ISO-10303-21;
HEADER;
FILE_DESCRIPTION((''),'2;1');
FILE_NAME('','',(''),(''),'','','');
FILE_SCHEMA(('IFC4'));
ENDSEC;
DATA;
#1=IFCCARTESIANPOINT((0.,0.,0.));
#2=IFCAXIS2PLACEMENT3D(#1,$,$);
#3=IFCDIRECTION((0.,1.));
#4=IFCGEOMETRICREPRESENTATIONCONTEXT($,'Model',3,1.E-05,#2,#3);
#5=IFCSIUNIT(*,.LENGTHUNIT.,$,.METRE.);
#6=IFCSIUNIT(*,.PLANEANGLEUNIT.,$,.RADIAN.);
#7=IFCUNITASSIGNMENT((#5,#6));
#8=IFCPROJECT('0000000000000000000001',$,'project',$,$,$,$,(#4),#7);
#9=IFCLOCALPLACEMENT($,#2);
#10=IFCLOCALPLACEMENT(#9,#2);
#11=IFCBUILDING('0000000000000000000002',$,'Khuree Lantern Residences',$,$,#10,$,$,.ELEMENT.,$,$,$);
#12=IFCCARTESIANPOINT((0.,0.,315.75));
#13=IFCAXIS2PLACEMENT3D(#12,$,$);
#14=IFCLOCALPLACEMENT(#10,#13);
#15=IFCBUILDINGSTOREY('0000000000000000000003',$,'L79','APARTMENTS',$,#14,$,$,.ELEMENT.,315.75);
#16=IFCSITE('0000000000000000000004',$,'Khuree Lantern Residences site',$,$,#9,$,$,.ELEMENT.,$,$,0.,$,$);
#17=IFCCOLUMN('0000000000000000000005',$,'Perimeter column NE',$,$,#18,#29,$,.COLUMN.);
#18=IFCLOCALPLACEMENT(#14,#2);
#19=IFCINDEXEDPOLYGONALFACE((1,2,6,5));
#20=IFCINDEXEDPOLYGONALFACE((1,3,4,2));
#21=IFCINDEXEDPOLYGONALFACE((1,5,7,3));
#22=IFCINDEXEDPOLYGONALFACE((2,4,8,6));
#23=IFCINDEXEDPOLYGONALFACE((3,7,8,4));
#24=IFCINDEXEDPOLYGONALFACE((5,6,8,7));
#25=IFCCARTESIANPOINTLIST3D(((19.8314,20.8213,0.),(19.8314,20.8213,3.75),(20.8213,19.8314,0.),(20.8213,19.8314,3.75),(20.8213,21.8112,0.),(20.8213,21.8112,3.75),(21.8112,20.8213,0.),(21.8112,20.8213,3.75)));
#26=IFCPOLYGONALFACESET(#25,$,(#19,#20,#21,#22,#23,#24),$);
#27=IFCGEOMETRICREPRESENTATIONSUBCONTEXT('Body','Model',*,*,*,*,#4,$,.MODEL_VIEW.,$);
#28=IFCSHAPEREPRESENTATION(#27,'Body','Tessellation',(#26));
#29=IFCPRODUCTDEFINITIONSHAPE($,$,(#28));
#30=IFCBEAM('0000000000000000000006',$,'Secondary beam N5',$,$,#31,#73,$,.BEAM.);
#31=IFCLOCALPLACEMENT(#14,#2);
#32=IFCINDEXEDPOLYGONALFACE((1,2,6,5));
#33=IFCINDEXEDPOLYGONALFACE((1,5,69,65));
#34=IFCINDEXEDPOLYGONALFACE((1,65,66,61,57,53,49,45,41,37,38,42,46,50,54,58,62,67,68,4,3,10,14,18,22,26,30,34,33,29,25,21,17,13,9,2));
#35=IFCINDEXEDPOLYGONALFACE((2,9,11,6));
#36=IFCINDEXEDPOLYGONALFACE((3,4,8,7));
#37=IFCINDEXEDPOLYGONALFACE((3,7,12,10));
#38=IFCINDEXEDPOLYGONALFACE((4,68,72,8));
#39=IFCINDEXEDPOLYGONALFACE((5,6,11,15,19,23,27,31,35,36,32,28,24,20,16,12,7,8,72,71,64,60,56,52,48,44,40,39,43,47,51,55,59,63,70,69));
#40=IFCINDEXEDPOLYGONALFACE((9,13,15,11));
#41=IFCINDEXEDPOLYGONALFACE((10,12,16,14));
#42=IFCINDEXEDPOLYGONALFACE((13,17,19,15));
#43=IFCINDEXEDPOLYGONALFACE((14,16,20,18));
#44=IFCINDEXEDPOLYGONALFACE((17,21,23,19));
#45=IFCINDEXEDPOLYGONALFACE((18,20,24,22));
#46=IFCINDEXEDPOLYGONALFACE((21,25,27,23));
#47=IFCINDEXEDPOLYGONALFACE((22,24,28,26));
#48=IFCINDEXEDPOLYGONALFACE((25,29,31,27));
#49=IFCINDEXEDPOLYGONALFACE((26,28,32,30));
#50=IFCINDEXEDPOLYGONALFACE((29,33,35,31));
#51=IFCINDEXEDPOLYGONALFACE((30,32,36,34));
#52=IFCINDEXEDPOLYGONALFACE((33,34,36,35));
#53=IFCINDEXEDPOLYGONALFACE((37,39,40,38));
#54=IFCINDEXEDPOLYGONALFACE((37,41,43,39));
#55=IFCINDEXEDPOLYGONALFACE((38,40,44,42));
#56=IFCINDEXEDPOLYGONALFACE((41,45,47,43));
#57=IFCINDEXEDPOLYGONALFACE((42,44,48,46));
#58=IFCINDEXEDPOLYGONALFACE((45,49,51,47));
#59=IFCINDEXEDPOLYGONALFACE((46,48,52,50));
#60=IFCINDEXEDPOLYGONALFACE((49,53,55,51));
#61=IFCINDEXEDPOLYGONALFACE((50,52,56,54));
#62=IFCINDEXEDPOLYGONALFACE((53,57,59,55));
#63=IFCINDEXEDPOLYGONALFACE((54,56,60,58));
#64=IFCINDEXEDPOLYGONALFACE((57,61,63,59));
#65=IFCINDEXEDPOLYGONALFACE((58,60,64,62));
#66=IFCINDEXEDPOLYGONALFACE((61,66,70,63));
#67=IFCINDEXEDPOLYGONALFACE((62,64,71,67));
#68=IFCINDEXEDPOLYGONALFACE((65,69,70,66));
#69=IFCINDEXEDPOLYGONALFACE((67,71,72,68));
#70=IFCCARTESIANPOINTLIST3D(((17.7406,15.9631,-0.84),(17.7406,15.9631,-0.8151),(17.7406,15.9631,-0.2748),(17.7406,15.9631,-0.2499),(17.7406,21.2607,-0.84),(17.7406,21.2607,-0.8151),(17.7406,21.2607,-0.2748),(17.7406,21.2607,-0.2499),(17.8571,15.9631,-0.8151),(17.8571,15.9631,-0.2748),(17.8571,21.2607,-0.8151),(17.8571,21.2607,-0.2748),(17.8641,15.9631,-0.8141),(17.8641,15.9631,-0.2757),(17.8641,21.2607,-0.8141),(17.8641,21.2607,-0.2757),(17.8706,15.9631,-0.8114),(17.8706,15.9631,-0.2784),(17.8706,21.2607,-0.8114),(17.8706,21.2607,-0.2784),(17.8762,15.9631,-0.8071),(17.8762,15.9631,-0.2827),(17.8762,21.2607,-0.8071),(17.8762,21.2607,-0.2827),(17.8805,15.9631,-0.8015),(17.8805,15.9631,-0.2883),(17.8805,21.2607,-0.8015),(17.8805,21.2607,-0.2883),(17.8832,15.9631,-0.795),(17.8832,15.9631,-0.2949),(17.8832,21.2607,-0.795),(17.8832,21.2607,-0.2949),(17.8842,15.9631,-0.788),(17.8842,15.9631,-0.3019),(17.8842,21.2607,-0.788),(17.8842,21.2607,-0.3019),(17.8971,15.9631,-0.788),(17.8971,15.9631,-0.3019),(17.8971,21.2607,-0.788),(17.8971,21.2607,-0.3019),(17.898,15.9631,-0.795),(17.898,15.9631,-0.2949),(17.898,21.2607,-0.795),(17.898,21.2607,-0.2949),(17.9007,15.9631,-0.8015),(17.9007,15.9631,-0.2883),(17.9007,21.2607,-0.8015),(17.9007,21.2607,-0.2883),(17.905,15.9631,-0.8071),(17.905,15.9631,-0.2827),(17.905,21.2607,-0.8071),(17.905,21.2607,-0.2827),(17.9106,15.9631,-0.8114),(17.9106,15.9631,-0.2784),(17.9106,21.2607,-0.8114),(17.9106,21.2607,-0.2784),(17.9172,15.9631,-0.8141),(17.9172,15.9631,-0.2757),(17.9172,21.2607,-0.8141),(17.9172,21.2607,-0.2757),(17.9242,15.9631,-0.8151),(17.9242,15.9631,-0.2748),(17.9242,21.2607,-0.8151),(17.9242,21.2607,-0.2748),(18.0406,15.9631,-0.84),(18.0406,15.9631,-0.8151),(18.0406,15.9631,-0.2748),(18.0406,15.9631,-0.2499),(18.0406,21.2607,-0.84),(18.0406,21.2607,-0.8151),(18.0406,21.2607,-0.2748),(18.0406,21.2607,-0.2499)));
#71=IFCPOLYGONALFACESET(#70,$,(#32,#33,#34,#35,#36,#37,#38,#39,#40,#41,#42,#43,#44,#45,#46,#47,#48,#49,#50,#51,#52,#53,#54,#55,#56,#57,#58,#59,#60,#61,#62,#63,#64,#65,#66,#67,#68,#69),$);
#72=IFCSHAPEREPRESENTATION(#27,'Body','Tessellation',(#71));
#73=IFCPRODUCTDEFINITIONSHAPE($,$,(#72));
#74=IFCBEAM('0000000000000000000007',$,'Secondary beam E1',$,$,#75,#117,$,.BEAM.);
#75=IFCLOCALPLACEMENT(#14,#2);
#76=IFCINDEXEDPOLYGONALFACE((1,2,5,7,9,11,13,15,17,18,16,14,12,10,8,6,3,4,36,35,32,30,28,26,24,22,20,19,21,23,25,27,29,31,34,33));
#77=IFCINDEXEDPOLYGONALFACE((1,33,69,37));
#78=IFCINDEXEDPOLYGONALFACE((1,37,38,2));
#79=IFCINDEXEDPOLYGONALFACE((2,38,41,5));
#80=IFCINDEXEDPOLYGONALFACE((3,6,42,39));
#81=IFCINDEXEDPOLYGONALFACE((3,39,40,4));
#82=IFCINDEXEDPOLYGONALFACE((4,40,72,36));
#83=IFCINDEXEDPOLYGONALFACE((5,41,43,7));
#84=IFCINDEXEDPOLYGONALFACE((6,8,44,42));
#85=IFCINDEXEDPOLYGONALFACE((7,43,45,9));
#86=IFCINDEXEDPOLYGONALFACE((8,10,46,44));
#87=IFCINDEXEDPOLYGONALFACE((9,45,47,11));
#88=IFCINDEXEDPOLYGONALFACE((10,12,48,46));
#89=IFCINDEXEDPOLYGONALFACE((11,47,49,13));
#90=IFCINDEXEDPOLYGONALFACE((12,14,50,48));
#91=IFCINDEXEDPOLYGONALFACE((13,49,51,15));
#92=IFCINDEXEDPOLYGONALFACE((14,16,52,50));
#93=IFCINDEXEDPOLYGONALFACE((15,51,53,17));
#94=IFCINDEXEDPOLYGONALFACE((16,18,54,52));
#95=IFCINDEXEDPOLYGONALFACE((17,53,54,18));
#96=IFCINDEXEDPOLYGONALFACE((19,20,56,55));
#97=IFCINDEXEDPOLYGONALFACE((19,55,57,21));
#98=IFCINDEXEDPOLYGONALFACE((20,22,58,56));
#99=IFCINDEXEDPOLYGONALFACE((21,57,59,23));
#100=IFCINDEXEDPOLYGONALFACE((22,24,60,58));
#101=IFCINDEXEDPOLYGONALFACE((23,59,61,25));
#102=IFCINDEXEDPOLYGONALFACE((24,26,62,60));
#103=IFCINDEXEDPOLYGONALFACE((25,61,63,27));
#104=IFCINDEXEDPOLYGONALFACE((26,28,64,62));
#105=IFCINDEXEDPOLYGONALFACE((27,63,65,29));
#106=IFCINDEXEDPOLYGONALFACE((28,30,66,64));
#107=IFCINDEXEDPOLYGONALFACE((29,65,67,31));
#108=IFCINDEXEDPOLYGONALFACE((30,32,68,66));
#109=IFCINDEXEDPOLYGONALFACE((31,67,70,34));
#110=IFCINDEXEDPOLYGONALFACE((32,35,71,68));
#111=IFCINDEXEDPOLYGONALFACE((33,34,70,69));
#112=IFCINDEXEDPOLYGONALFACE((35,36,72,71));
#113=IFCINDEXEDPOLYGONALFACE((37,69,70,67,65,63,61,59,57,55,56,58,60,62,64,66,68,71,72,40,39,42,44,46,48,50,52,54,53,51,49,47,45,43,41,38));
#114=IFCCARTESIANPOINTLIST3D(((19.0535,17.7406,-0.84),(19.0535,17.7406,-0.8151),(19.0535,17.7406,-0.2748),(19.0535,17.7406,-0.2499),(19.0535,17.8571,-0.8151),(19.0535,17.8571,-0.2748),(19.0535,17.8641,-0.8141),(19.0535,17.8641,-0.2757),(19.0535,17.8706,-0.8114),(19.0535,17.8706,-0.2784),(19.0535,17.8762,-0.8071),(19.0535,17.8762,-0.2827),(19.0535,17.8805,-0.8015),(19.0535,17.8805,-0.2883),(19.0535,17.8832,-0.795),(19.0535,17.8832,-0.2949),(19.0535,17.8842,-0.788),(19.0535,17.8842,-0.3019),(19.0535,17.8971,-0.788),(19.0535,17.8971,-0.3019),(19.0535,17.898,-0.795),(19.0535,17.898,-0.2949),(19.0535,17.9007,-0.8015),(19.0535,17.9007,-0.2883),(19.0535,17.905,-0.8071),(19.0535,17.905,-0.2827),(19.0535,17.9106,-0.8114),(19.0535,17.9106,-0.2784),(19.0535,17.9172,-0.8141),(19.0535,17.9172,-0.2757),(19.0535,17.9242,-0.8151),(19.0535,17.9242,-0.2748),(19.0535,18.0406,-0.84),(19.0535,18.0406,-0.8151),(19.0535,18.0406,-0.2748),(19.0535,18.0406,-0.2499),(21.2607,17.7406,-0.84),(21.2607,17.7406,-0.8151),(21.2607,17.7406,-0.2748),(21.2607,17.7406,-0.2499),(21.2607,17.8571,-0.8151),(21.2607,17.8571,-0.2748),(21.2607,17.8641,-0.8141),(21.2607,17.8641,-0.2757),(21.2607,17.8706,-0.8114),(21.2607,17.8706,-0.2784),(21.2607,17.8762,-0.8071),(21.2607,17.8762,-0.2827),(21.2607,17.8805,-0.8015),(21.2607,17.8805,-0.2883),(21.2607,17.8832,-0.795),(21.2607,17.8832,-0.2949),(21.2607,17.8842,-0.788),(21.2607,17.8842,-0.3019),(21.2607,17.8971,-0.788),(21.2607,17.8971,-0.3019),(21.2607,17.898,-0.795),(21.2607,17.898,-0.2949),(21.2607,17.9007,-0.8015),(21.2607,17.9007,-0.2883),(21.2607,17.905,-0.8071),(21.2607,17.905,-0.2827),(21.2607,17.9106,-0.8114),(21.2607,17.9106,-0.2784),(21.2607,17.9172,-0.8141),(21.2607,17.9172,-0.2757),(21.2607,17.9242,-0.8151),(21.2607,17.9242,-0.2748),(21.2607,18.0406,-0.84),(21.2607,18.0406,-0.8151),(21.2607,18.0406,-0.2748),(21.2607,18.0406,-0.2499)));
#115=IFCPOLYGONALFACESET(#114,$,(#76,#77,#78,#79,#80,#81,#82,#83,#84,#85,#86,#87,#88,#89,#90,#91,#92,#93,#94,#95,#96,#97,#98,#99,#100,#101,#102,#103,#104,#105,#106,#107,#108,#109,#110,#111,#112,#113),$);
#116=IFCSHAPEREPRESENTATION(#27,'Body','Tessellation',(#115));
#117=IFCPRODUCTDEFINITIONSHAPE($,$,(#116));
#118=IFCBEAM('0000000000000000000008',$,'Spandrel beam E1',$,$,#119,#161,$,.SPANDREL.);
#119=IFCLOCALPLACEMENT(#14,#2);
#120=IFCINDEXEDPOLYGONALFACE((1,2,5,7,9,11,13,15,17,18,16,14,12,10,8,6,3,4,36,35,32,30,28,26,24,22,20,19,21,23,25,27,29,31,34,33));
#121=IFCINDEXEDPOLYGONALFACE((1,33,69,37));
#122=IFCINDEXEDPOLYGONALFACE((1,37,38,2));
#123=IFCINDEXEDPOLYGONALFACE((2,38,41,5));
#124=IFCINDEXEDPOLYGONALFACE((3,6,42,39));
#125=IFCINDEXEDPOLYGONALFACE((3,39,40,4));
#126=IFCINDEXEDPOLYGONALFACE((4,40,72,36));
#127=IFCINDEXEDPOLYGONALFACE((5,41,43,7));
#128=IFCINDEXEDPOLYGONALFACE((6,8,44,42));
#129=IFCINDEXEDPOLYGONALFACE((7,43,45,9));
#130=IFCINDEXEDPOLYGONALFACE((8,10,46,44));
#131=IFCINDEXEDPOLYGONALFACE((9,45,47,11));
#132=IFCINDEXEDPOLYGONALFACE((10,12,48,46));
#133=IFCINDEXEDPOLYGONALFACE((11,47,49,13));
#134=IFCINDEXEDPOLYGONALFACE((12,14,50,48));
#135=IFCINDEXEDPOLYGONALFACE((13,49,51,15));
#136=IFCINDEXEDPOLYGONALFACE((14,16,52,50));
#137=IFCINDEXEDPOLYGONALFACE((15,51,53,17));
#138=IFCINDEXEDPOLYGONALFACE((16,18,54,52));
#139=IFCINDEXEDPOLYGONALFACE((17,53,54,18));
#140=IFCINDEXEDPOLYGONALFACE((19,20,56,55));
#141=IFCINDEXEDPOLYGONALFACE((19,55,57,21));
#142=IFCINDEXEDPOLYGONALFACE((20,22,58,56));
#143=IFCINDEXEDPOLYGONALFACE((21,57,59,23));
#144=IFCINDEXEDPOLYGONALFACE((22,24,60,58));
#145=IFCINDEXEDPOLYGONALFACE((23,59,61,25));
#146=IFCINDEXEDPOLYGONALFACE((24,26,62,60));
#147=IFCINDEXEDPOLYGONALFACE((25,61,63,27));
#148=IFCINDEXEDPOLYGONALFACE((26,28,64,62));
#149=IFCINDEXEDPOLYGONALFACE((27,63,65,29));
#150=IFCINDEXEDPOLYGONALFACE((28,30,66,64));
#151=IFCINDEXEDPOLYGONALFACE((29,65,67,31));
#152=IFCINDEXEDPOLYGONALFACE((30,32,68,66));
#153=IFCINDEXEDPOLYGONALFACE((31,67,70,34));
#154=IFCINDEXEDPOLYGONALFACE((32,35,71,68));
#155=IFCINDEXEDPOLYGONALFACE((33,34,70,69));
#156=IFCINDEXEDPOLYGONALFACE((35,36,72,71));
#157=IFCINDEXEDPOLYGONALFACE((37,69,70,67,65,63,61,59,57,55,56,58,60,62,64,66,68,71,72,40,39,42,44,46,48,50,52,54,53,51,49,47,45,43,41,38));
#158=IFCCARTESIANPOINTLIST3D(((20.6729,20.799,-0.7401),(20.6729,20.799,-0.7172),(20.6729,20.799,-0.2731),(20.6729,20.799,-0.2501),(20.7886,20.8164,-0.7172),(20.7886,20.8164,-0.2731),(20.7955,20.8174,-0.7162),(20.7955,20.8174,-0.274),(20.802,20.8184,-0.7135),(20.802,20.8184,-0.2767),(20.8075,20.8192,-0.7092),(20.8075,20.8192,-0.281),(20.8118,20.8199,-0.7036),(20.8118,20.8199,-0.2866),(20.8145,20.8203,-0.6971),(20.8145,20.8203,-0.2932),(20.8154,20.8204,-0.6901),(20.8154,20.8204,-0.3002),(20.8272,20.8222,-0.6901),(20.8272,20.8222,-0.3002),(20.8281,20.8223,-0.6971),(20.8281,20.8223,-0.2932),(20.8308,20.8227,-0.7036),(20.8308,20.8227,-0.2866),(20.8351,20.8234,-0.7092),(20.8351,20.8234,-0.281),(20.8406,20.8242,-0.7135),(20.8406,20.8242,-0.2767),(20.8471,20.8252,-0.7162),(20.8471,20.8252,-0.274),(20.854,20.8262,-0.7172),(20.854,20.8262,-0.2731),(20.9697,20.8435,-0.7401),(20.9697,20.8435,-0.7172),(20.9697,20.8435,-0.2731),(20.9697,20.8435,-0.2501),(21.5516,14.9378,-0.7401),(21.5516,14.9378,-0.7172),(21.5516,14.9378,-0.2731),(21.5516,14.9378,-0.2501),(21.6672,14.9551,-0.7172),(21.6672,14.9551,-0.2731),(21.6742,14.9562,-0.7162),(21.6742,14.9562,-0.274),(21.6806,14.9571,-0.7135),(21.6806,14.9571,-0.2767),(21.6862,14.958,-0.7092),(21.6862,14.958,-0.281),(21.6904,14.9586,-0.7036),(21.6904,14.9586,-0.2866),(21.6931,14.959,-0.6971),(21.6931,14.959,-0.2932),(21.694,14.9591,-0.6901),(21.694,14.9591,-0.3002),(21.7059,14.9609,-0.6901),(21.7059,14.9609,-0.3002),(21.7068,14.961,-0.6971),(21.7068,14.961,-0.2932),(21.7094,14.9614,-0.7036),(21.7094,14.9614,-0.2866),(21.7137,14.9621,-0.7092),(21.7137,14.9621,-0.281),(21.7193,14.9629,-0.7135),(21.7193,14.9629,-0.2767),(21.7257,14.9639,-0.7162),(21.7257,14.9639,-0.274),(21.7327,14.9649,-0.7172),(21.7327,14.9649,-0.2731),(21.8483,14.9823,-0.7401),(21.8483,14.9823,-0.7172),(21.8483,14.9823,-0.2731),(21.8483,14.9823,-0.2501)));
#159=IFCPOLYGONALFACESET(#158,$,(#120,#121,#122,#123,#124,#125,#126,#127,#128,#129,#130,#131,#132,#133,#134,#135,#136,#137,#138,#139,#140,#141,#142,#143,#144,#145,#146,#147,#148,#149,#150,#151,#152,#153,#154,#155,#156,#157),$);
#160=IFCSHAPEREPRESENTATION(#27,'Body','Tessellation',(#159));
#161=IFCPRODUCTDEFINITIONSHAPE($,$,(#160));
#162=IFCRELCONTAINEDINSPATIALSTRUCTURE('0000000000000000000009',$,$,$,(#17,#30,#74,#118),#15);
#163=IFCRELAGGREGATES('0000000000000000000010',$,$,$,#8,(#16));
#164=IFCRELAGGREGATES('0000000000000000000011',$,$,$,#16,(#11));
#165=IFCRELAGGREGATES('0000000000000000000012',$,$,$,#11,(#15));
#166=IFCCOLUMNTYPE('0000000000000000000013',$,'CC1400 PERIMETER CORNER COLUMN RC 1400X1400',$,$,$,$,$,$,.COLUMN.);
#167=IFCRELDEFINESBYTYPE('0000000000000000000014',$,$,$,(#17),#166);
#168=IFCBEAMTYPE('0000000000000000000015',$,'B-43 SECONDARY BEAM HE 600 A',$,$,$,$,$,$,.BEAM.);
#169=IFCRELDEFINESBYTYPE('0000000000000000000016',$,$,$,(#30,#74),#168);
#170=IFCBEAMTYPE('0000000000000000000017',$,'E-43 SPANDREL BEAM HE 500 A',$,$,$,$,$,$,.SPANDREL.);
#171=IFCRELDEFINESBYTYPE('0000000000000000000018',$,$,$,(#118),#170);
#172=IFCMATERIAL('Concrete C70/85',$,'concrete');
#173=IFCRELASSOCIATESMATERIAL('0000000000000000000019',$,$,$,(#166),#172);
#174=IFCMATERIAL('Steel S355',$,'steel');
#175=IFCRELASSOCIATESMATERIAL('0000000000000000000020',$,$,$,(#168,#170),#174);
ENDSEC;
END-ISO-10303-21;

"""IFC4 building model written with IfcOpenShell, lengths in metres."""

from ifc_helpers import new_model, si_unit, direction, frame, origin, origin_2d, place, context, subcontext, project, spatial, rectangle, i_section, extrude, material, material_profile, profile_set, type_object, element, save


model = new_model("IFC4")

# Units and contexts
model_context = context("Model", 3, precision=1e-05, world=origin(), true_north=direction((0.0, 1.0)))
body_context = subcontext(model_context, "Body", "Model", "MODEL_VIEW")
ifc_project = project(units=[si_unit("LENGTHUNIT", "METRE"), si_unit("PLANEANGLEUNIT", "RADIAN")], contexts=[model_context])

# Site, building, storey
site_placement = place(None, origin())
site = spatial("IfcSite", under=ifc_project, at=site_placement, Name="Khuree Lantern Residences site", CompositionType="ELEMENT", RefElevation=0.0)
building_placement = place(site_placement, origin())
building = spatial("IfcBuilding", under=site, at=building_placement, Name="Khuree Lantern Residences", CompositionType="ELEMENT")
storey_placement = place(building_placement, frame((0.0, 0.0, 315.75)))
storey = spatial("IfcBuildingStorey", under=building, at=storey_placement, Name="L79", Description="APARTMENTS", CompositionType="ELEMENT", Elevation=315.75)

# Column
ifc_material_1 = material(Name="Concrete C70/85", Category="concrete")
ifc_material_profile_1 = material_profile(ifc_material_1, rectangle(XDim=1.3999, YDim=1.3999, at=origin_2d()), Name="RC 1400X1400")
ifc_profile_set_1 = profile_set([ifc_material_profile_1], Name="Concrete C70/85")
column_type = type_object("IfcColumnType", Name="CC1400 PERIMETER CORNER COLUMN RC 1400X1400", PredefinedType="COLUMN", material=ifc_profile_set_1)
column_placement = place(storey_placement, frame((20.8213, 20.8213, 0.0), z_axis=(0.0, 0.0, 1.0), x_axis=(0.707107, -0.707107, 0.0)))
element("IfcColumn", 1, at=column_placement, inside=storey, type_object=column_type, Name="Perimeter column NE", PredefinedType="COLUMN", context=body_context, shape_type="SweptSolid", body=[
    extrude(rectangle(XDim=1.3999, YDim=1.3999, at=origin_2d()), origin(), (0.0, 0.0, 1.0), 3.75),
])

# Beams
ifc_material_2 = material(Name="Steel S355", Category="steel")
ifc_material_profile_2 = material_profile(ifc_material_2, i_section(OverallWidth=0.3, OverallDepth=0.5901, WebThickness=0.0129, FlangeThickness=0.0249, FilletRadius=0.0271, at=origin_2d()), Name="HE 600 A")
ifc_profile_set_2 = profile_set([ifc_material_profile_2], Name="Steel S355")
beam_type_1 = type_object("IfcBeamType", Name="B-43 SECONDARY BEAM HE 600 A", PredefinedType="BEAM", material=ifc_profile_set_2)
beam_1_placement = place(storey_placement, frame((17.8906, 21.2607, -0.5449), z_axis=(0.0, -1.0, 0.0), x_axis=(1.0, 0.0, 0.0)))
element("IfcBeam", 2, at=beam_1_placement, inside=storey, type_object=beam_type_1, Name="Secondary beam N5", PredefinedType="BEAM", context=body_context, shape_type="SweptSolid", body=[
    extrude(i_section(OverallWidth=0.3, OverallDepth=0.5901, WebThickness=0.0129, FlangeThickness=0.0249, FilletRadius=0.0271, at=origin_2d()), origin(), (0.0, 0.0, 1.0), 5.2976),
])
beam_2_placement = place(storey_placement, frame((21.2607, 17.8906, -0.5449), z_axis=(-1.0, 0.0, 0.0), x_axis=(0.0, -1.0, 0.0)))
element("IfcBeam", 3, at=beam_2_placement, inside=storey, type_object=beam_type_1, Name="Secondary beam E1", PredefinedType="BEAM", context=body_context, shape_type="SweptSolid", body=[
    extrude(i_section(OverallWidth=0.3, OverallDepth=0.5901, WebThickness=0.0129, FlangeThickness=0.0249, FilletRadius=0.0271, at=origin_2d()), origin(), (0.0, 0.0, 1.0), 2.2073),
])
ifc_material_profile_3 = material_profile(ifc_material_2, i_section(OverallWidth=0.3, OverallDepth=0.49, WebThickness=0.012, FlangeThickness=0.0229, FilletRadius=0.0271, at=origin_2d()), Name="HE 500 A")
ifc_profile_set_3 = profile_set([ifc_material_profile_3], Name="Steel S355")
beam_type_2 = type_object("IfcBeamType", Name="E-43 SPANDREL BEAM HE 500 A", PredefinedType="SPANDREL", material=ifc_profile_set_3)
beam_3_placement = place(storey_placement, frame((20.8213, 20.8213, -0.4951), z_axis=(0.148252, -0.98895, 0.0), x_axis=(0.98895, 0.148252, 0.0)))
element("IfcBeam", 4, at=beam_3_placement, inside=storey, type_object=beam_type_2, Name="Spandrel beam E1", PredefinedType="SPANDREL", context=body_context, shape_type="SweptSolid", body=[
    extrude(i_section(OverallWidth=0.3, OverallDepth=0.49, WebThickness=0.012, FlangeThickness=0.0229, FilletRadius=0.0271, at=origin_2d()), origin(), (0.0, 0.0, 1.0), 5.9268),
])

save(model, "model.ifc")
